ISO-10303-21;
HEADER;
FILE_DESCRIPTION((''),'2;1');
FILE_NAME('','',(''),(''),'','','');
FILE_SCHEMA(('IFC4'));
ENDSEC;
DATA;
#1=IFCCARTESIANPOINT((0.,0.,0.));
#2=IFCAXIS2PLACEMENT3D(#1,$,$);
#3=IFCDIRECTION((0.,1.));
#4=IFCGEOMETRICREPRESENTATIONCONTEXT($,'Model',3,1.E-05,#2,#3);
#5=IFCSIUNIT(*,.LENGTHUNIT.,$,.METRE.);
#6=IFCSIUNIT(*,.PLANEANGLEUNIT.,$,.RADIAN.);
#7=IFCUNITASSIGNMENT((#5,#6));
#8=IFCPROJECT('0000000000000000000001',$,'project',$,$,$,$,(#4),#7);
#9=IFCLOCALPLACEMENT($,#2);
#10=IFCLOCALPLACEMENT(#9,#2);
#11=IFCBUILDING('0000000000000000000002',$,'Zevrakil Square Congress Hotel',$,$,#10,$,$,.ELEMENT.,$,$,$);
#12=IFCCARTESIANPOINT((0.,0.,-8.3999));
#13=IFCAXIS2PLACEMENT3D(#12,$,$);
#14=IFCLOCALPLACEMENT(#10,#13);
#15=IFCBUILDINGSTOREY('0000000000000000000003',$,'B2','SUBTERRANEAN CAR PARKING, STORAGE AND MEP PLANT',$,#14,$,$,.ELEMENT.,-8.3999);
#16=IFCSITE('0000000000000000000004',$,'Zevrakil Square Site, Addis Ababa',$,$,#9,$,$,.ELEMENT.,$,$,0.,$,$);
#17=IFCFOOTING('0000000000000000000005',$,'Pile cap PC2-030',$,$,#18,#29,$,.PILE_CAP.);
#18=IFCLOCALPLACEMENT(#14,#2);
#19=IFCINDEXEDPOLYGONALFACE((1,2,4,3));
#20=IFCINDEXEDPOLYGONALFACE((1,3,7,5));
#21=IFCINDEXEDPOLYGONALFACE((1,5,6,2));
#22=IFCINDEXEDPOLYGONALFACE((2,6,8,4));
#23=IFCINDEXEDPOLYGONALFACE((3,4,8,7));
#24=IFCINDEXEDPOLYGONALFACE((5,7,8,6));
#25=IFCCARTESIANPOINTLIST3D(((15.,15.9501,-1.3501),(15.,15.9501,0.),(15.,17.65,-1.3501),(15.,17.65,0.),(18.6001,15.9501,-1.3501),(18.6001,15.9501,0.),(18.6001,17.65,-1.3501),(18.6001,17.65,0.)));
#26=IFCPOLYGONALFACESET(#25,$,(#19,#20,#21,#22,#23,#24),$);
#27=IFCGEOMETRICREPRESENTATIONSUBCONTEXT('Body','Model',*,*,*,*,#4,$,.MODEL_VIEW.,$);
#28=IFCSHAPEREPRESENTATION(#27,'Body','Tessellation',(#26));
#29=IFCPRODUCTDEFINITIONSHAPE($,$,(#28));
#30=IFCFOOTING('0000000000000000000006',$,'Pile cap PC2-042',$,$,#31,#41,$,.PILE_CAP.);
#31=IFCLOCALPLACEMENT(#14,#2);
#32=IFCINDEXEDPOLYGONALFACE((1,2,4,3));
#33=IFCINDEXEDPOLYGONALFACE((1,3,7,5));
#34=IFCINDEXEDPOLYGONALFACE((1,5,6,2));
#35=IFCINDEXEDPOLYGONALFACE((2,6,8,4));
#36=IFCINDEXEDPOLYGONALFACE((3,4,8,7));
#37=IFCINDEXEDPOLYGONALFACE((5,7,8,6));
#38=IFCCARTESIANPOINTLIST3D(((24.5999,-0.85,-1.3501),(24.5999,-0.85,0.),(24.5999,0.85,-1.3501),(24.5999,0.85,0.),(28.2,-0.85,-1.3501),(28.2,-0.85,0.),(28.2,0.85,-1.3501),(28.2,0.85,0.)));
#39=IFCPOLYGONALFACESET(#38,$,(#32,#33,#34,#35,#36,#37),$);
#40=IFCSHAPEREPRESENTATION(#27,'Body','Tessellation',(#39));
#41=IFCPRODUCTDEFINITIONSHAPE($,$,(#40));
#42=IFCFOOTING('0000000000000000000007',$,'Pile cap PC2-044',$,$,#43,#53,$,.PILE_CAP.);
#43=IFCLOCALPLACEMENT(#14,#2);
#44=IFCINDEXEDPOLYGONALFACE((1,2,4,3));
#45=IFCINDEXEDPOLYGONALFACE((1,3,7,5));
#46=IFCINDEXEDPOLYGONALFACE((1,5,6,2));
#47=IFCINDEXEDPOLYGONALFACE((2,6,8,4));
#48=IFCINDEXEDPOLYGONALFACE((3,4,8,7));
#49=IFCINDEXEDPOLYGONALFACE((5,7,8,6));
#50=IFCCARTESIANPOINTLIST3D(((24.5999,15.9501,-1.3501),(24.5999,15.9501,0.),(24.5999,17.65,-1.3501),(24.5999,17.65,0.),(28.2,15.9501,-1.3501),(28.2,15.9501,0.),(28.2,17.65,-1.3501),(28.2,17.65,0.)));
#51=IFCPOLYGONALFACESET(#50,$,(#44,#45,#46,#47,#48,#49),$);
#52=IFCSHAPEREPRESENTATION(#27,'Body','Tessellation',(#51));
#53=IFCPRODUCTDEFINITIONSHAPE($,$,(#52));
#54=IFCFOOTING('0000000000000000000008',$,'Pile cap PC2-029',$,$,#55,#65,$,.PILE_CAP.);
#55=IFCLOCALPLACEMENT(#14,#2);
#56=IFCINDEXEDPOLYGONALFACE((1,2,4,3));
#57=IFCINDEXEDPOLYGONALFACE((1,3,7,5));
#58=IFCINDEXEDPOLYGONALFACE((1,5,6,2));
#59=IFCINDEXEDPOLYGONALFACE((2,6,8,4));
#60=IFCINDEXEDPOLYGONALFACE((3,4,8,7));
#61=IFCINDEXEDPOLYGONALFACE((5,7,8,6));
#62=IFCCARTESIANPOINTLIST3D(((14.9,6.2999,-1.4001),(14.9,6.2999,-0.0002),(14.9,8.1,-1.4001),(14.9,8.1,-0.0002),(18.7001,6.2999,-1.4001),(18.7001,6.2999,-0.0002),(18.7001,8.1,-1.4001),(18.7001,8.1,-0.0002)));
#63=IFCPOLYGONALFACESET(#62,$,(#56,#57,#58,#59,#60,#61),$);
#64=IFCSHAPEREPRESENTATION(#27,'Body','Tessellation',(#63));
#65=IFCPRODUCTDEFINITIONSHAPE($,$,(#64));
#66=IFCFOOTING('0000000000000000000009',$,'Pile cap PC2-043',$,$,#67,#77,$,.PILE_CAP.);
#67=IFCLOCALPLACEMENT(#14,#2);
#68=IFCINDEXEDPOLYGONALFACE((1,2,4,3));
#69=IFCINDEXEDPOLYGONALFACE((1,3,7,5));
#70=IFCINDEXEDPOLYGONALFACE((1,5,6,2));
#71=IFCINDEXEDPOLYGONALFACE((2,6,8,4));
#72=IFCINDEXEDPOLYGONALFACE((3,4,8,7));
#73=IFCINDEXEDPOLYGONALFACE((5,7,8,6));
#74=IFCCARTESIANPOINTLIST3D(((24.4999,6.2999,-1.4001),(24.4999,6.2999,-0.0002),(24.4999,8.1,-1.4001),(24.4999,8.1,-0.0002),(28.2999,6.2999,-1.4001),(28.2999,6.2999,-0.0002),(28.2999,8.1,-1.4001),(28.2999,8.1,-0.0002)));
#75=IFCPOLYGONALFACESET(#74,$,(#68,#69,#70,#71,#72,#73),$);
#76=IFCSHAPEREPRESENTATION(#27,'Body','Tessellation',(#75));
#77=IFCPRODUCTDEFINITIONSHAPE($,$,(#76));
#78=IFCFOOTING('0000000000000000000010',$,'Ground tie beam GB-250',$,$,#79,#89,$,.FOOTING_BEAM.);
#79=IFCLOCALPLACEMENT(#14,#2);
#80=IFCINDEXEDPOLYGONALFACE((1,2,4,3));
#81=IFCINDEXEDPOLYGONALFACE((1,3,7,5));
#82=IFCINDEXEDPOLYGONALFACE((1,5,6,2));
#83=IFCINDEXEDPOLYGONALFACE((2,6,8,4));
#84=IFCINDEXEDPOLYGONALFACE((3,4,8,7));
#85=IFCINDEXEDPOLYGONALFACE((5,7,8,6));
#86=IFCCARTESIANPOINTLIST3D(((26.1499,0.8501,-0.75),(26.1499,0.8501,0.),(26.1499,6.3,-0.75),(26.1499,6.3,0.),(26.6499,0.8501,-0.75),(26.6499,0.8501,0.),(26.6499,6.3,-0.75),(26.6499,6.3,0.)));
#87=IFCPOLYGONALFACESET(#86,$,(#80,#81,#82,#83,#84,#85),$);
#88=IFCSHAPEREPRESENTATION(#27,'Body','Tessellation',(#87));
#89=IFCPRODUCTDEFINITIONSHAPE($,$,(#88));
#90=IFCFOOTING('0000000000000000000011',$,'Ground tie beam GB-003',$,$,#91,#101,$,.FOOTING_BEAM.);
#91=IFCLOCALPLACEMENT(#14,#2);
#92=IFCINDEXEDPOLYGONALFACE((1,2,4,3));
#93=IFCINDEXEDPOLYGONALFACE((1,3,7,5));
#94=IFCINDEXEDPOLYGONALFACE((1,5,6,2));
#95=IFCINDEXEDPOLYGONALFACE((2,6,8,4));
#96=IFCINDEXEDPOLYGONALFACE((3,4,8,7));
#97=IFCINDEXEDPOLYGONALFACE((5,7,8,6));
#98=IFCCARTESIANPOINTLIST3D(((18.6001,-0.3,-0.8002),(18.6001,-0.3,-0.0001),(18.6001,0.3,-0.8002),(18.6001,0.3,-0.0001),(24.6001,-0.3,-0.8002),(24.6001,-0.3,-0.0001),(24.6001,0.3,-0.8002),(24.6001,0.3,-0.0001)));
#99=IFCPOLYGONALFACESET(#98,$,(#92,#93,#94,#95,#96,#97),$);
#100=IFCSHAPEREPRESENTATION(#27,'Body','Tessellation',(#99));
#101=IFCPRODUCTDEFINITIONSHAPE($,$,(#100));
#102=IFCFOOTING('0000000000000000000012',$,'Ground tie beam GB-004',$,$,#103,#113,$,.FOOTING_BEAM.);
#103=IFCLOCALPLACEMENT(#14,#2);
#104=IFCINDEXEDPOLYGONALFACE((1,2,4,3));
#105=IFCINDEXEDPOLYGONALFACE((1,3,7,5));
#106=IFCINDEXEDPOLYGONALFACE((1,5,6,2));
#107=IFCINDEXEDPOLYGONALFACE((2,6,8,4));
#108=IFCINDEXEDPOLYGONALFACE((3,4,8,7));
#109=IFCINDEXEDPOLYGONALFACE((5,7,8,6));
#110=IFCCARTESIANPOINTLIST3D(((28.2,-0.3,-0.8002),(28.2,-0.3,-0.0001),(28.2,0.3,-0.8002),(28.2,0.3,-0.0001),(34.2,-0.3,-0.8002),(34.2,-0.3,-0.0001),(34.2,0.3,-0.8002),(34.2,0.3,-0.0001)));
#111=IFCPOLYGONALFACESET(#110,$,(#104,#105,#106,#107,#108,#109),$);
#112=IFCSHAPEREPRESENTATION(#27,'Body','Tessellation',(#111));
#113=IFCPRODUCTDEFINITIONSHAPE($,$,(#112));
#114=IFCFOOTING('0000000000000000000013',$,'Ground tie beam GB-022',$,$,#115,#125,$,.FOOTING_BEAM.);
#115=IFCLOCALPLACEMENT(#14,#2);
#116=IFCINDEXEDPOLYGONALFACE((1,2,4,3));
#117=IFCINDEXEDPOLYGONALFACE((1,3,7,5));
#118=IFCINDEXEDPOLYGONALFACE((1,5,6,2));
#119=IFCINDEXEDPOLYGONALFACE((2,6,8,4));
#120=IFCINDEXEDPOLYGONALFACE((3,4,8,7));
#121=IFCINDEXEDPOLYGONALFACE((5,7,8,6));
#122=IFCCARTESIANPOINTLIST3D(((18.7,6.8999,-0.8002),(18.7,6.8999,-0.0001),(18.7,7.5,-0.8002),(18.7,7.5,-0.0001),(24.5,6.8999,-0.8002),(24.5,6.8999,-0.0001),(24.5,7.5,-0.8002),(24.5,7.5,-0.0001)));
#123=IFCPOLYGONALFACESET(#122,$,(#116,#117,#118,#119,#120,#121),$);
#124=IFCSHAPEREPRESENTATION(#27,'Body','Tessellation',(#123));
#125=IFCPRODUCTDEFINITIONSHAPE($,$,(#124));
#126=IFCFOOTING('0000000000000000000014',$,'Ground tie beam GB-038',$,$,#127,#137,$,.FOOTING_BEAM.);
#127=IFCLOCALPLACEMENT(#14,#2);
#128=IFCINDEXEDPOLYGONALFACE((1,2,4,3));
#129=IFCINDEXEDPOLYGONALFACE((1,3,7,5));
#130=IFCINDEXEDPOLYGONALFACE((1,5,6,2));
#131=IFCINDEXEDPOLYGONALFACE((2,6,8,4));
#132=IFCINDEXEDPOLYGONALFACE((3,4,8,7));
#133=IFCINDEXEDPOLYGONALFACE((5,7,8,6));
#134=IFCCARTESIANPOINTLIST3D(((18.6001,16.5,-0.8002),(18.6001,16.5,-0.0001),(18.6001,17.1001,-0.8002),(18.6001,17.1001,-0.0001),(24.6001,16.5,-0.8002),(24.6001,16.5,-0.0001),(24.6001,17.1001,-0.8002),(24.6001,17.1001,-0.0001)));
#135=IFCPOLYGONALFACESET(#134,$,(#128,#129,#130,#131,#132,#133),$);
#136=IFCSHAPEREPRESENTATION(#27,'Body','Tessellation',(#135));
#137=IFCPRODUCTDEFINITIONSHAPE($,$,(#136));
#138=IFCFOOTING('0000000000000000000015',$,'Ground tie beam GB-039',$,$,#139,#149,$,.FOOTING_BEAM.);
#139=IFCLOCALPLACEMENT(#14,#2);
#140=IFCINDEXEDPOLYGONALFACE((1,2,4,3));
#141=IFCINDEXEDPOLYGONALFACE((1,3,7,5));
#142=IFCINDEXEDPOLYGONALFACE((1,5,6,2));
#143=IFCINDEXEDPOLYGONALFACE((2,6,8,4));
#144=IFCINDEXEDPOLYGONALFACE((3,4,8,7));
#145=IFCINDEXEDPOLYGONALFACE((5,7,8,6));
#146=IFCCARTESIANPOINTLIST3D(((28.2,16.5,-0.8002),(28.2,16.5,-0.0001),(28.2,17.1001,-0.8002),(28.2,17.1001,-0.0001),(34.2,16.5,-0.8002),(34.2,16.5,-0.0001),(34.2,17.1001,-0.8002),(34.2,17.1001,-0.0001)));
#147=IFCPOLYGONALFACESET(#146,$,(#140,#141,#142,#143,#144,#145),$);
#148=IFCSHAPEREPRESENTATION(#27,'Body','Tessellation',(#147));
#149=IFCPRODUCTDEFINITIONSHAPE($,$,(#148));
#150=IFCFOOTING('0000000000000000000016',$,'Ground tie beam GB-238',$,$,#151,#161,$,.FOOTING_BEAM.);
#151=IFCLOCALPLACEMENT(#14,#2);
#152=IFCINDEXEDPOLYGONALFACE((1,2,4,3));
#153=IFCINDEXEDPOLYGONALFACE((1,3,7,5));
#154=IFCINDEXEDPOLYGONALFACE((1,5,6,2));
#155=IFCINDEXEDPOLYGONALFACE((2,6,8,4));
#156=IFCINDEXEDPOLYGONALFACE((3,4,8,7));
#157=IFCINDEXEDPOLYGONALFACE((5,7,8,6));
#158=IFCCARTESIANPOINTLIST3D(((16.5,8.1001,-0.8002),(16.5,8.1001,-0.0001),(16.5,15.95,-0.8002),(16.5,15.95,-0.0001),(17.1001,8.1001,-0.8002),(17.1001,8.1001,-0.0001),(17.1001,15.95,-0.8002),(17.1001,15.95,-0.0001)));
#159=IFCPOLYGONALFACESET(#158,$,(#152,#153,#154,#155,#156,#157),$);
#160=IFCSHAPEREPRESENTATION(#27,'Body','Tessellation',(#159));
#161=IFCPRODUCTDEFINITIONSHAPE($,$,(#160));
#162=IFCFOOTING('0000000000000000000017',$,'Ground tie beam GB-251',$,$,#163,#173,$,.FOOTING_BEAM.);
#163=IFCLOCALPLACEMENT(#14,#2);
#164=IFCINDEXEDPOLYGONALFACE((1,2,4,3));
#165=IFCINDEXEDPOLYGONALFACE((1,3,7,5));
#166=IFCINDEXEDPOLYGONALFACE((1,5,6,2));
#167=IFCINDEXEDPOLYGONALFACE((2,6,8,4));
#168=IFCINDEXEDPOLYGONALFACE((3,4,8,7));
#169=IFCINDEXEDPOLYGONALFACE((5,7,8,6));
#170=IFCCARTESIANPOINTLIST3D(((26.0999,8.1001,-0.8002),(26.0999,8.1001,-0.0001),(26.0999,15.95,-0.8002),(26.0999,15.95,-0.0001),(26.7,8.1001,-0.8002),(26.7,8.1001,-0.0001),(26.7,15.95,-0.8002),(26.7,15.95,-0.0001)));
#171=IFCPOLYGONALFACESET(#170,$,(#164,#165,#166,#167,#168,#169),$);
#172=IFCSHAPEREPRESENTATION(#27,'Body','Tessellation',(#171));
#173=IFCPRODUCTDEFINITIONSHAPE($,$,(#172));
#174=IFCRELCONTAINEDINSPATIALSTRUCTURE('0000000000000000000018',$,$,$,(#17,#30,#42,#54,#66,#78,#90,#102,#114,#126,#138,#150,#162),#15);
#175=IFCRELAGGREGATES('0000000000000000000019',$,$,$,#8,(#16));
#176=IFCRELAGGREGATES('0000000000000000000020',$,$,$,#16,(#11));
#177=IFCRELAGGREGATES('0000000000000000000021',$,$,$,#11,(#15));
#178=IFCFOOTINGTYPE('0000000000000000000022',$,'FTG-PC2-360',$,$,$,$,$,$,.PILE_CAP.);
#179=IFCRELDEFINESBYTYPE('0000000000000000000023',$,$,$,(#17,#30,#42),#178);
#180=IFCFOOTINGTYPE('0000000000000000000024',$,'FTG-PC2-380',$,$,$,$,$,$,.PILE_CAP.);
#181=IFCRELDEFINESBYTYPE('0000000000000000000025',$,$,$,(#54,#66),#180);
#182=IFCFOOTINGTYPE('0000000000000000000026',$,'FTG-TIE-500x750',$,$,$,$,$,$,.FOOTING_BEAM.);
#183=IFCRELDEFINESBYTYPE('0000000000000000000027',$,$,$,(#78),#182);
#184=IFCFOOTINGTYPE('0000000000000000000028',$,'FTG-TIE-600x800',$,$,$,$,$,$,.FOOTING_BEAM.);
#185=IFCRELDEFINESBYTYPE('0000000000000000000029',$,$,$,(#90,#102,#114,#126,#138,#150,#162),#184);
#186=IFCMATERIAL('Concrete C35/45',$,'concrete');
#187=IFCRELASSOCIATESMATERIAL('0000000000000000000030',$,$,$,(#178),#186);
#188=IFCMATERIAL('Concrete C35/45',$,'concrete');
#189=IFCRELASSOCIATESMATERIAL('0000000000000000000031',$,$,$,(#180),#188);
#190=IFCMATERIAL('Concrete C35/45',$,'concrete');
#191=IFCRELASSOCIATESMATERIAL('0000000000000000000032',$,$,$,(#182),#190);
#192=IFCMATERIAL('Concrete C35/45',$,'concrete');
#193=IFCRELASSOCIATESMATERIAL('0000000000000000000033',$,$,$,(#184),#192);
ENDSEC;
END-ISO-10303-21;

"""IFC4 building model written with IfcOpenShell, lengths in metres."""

from ifc_helpers import new_model, si_unit, direction, frame, origin, origin_2d, place, context, subcontext, project, spatial, rectangle, extrude, material, material_profile, profile_set, type_object, element, save


model = new_model("IFC4")

# Units and contexts
model_context = context("Model", 3, precision=1e-05, world=origin(), true_north=direction((0.0, 1.0)))
body_context = subcontext(model_context, "Body", "Model", "MODEL_VIEW")
ifc_project = project(units=[si_unit("LENGTHUNIT", "METRE"), si_unit("PLANEANGLEUNIT", "RADIAN")], contexts=[model_context])

# Site, building, storey
site_placement = place(None, origin())
site = spatial("IfcSite", under=ifc_project, at=site_placement, Name="Zevrakil Square Site, Addis Ababa", CompositionType="ELEMENT", RefElevation=0.0)
building_placement = place(site_placement, origin())
building = spatial("IfcBuilding", under=site, at=building_placement, Name="Zevrakil Square Congress Hotel", CompositionType="ELEMENT")
storey_placement = place(building_placement, frame((0.0, 0.0, -8.3999)))
storey = spatial("IfcBuildingStorey", under=building, at=storey_placement, Name="B2", Description="SUBTERRANEAN CAR PARKING, STORAGE AND MEP PLANT", CompositionType="ELEMENT", Elevation=-8.3999)

# Footings
ifc_material_1 = material(Name="Concrete C35/45", Category="concrete")
footing_type_1 = type_object("IfcFootingType", Name="FTG-PC2-360", PredefinedType="PILE_CAP", material=ifc_material_1)
for number, where, z_axis, x_axis, name in (
    (1, (16.8, 16.8, -1.3501), (0.0, 0.0, 1.0), (1.0, 0.0, 0.0), "Pile cap PC2-030"),
    (2, (26.3999, 0.0, -1.3501), (0.0, 0.0, 1.0), (1.0, 0.0, 0.0), "Pile cap PC2-042"),
    (3, (26.3999, 16.8, -1.3501), (0.0, 0.0, 1.0), (1.0, 0.0, 0.0), "Pile cap PC2-044"),
):
    element("IfcFooting", number, at=place(storey_placement, frame(where, z_axis=z_axis, x_axis=x_axis)), inside=storey, type_object=footing_type_1, Name=name, PredefinedType="PILE_CAP", context=body_context, shape_type="SweptSolid", body=[
        extrude(rectangle(XDim=3.6001, YDim=1.7, at=origin_2d()), origin(), (0.0, 0.0, 1.0), 1.3501),
    ])
ifc_material_2 = material(Name="Concrete C35/45", Category="concrete")
footing_type_2 = type_object("IfcFootingType", Name="FTG-PC2-380", PredefinedType="PILE_CAP", material=ifc_material_2)
for number, where, z_axis, x_axis, name in (
    (4, (16.8, 7.2, -1.4001), (0.0, 0.0, 1.0), (1.0, 0.0, 0.0), "Pile cap PC2-029"),
    (5, (26.3999, 7.2, -1.4001), (0.0, 0.0, 1.0), (1.0, 0.0, 0.0), "Pile cap PC2-043"),
):
    element("IfcFooting", number, at=place(storey_placement, frame(where, z_axis=z_axis, x_axis=x_axis)), inside=storey, type_object=footing_type_2, Name=name, PredefinedType="PILE_CAP", context=body_context, shape_type="SweptSolid", body=[
        extrude(rectangle(XDim=3.8, YDim=1.8, at=origin_2d()), origin(), (0.0, 0.0, 1.0), 1.3999),
    ])
ifc_material_3 = material(Name="Concrete C35/45", Category="concrete")
ifc_material_profile_1 = material_profile(ifc_material_3, rectangle(XDim=0.5, YDim=0.75, at=origin_2d()), Name="RC 500x750")
ifc_profile_set_1 = profile_set([ifc_material_profile_1], Name="Concrete C35/45")
footing_type_3 = type_object("IfcFootingType", Name="FTG-TIE-500x750", PredefinedType="FOOTING_BEAM", material=ifc_profile_set_1)
footing_1_placement = place(storey_placement, frame((26.3999, 0.8501, -0.375), z_axis=(0.0, 1.0, 0.0), x_axis=(-1.0, 0.0, 0.0)))
element("IfcFooting", 6, at=footing_1_placement, inside=storey, type_object=footing_type_3, Name="Ground tie beam GB-250", PredefinedType="FOOTING_BEAM", context=body_context, shape_type="SweptSolid", body=[
    extrude(rectangle(XDim=0.5, YDim=0.75, at=origin_2d()), origin(), (0.0, 0.0, 1.0), 5.45),
])
ifc_material_4 = material(Name="Concrete C35/45", Category="concrete")
ifc_material_profile_2 = material_profile(ifc_material_4, rectangle(XDim=0.6001, YDim=0.8, at=origin_2d()), Name="RC 600x800")
ifc_profile_set_2 = profile_set([ifc_material_profile_2], Name="Concrete C35/45")
footing_type_4 = type_object("IfcFootingType", Name="FTG-TIE-600x800", PredefinedType="FOOTING_BEAM", material=ifc_profile_set_2)
for number, where, z_axis, x_axis, name in (
    (7, (18.6001, 0.0, -0.4001), (1.0, 0.0, 0.0), (0.0, 1.0, 0.0), "Ground tie beam GB-003"),
    (8, (28.2, 0.0, -0.4001), (1.0, 0.0, 0.0), (0.0, 1.0, 0.0), "Ground tie beam GB-004"),
):
    element("IfcFooting", number, at=place(storey_placement, frame(where, z_axis=z_axis, x_axis=x_axis)), inside=storey, type_object=footing_type_4, Name=name, PredefinedType="FOOTING_BEAM", context=body_context, shape_type="SweptSolid", body=[
        extrude(rectangle(XDim=0.6001, YDim=0.8, at=origin_2d()), origin(), (0.0, 0.0, 1.0), 6.0),
    ])
footing_2_placement = place(storey_placement, frame((18.7, 7.2, -0.4001), z_axis=(1.0, 0.0, 0.0), x_axis=(0.0, 1.0, 0.0)))
element("IfcFooting", 9, at=footing_2_placement, inside=storey, type_object=footing_type_4, Name="Ground tie beam GB-022", PredefinedType="FOOTING_BEAM", context=body_context, shape_type="SweptSolid", body=[
    extrude(rectangle(XDim=0.6001, YDim=0.8, at=origin_2d()), origin(), (0.0, 0.0, 1.0), 5.8),
])
for number, where, z_axis, x_axis, name in (
    (10, (18.6001, 16.8, -0.4001), (1.0, 0.0, 0.0), (0.0, 1.0, 0.0), "Ground tie beam GB-038"),
    (11, (28.2, 16.8, -0.4001), (1.0, 0.0, 0.0), (0.0, 1.0, 0.0), "Ground tie beam GB-039"),
):
    element("IfcFooting", number, at=place(storey_placement, frame(where, z_axis=z_axis, x_axis=x_axis)), inside=storey, type_object=footing_type_4, Name=name, PredefinedType="FOOTING_BEAM", context=body_context, shape_type="SweptSolid", body=[
        extrude(rectangle(XDim=0.6001, YDim=0.8, at=origin_2d()), origin(), (0.0, 0.0, 1.0), 6.0),
    ])
for number, where, z_axis, x_axis, name in (
    (12, (16.8, 8.1001, -0.4001), (0.0, 1.0, 0.0), (-1.0, 0.0, 0.0), "Ground tie beam GB-238"),
    (13, (26.3999, 8.1001, -0.4001), (0.0, 1.0, 0.0), (-1.0, 0.0, 0.0), "Ground tie beam GB-251"),
):
    element("IfcFooting", number, at=place(storey_placement, frame(where, z_axis=z_axis, x_axis=x_axis)), inside=storey, type_object=footing_type_4, Name=name, PredefinedType="FOOTING_BEAM", context=body_context, shape_type="SweptSolid", body=[
        extrude(rectangle(XDim=0.6001, YDim=0.8, at=origin_2d()), origin(), (0.0, 0.0, 1.0), 7.8499),
    ])

save(model, "model.ifc")
